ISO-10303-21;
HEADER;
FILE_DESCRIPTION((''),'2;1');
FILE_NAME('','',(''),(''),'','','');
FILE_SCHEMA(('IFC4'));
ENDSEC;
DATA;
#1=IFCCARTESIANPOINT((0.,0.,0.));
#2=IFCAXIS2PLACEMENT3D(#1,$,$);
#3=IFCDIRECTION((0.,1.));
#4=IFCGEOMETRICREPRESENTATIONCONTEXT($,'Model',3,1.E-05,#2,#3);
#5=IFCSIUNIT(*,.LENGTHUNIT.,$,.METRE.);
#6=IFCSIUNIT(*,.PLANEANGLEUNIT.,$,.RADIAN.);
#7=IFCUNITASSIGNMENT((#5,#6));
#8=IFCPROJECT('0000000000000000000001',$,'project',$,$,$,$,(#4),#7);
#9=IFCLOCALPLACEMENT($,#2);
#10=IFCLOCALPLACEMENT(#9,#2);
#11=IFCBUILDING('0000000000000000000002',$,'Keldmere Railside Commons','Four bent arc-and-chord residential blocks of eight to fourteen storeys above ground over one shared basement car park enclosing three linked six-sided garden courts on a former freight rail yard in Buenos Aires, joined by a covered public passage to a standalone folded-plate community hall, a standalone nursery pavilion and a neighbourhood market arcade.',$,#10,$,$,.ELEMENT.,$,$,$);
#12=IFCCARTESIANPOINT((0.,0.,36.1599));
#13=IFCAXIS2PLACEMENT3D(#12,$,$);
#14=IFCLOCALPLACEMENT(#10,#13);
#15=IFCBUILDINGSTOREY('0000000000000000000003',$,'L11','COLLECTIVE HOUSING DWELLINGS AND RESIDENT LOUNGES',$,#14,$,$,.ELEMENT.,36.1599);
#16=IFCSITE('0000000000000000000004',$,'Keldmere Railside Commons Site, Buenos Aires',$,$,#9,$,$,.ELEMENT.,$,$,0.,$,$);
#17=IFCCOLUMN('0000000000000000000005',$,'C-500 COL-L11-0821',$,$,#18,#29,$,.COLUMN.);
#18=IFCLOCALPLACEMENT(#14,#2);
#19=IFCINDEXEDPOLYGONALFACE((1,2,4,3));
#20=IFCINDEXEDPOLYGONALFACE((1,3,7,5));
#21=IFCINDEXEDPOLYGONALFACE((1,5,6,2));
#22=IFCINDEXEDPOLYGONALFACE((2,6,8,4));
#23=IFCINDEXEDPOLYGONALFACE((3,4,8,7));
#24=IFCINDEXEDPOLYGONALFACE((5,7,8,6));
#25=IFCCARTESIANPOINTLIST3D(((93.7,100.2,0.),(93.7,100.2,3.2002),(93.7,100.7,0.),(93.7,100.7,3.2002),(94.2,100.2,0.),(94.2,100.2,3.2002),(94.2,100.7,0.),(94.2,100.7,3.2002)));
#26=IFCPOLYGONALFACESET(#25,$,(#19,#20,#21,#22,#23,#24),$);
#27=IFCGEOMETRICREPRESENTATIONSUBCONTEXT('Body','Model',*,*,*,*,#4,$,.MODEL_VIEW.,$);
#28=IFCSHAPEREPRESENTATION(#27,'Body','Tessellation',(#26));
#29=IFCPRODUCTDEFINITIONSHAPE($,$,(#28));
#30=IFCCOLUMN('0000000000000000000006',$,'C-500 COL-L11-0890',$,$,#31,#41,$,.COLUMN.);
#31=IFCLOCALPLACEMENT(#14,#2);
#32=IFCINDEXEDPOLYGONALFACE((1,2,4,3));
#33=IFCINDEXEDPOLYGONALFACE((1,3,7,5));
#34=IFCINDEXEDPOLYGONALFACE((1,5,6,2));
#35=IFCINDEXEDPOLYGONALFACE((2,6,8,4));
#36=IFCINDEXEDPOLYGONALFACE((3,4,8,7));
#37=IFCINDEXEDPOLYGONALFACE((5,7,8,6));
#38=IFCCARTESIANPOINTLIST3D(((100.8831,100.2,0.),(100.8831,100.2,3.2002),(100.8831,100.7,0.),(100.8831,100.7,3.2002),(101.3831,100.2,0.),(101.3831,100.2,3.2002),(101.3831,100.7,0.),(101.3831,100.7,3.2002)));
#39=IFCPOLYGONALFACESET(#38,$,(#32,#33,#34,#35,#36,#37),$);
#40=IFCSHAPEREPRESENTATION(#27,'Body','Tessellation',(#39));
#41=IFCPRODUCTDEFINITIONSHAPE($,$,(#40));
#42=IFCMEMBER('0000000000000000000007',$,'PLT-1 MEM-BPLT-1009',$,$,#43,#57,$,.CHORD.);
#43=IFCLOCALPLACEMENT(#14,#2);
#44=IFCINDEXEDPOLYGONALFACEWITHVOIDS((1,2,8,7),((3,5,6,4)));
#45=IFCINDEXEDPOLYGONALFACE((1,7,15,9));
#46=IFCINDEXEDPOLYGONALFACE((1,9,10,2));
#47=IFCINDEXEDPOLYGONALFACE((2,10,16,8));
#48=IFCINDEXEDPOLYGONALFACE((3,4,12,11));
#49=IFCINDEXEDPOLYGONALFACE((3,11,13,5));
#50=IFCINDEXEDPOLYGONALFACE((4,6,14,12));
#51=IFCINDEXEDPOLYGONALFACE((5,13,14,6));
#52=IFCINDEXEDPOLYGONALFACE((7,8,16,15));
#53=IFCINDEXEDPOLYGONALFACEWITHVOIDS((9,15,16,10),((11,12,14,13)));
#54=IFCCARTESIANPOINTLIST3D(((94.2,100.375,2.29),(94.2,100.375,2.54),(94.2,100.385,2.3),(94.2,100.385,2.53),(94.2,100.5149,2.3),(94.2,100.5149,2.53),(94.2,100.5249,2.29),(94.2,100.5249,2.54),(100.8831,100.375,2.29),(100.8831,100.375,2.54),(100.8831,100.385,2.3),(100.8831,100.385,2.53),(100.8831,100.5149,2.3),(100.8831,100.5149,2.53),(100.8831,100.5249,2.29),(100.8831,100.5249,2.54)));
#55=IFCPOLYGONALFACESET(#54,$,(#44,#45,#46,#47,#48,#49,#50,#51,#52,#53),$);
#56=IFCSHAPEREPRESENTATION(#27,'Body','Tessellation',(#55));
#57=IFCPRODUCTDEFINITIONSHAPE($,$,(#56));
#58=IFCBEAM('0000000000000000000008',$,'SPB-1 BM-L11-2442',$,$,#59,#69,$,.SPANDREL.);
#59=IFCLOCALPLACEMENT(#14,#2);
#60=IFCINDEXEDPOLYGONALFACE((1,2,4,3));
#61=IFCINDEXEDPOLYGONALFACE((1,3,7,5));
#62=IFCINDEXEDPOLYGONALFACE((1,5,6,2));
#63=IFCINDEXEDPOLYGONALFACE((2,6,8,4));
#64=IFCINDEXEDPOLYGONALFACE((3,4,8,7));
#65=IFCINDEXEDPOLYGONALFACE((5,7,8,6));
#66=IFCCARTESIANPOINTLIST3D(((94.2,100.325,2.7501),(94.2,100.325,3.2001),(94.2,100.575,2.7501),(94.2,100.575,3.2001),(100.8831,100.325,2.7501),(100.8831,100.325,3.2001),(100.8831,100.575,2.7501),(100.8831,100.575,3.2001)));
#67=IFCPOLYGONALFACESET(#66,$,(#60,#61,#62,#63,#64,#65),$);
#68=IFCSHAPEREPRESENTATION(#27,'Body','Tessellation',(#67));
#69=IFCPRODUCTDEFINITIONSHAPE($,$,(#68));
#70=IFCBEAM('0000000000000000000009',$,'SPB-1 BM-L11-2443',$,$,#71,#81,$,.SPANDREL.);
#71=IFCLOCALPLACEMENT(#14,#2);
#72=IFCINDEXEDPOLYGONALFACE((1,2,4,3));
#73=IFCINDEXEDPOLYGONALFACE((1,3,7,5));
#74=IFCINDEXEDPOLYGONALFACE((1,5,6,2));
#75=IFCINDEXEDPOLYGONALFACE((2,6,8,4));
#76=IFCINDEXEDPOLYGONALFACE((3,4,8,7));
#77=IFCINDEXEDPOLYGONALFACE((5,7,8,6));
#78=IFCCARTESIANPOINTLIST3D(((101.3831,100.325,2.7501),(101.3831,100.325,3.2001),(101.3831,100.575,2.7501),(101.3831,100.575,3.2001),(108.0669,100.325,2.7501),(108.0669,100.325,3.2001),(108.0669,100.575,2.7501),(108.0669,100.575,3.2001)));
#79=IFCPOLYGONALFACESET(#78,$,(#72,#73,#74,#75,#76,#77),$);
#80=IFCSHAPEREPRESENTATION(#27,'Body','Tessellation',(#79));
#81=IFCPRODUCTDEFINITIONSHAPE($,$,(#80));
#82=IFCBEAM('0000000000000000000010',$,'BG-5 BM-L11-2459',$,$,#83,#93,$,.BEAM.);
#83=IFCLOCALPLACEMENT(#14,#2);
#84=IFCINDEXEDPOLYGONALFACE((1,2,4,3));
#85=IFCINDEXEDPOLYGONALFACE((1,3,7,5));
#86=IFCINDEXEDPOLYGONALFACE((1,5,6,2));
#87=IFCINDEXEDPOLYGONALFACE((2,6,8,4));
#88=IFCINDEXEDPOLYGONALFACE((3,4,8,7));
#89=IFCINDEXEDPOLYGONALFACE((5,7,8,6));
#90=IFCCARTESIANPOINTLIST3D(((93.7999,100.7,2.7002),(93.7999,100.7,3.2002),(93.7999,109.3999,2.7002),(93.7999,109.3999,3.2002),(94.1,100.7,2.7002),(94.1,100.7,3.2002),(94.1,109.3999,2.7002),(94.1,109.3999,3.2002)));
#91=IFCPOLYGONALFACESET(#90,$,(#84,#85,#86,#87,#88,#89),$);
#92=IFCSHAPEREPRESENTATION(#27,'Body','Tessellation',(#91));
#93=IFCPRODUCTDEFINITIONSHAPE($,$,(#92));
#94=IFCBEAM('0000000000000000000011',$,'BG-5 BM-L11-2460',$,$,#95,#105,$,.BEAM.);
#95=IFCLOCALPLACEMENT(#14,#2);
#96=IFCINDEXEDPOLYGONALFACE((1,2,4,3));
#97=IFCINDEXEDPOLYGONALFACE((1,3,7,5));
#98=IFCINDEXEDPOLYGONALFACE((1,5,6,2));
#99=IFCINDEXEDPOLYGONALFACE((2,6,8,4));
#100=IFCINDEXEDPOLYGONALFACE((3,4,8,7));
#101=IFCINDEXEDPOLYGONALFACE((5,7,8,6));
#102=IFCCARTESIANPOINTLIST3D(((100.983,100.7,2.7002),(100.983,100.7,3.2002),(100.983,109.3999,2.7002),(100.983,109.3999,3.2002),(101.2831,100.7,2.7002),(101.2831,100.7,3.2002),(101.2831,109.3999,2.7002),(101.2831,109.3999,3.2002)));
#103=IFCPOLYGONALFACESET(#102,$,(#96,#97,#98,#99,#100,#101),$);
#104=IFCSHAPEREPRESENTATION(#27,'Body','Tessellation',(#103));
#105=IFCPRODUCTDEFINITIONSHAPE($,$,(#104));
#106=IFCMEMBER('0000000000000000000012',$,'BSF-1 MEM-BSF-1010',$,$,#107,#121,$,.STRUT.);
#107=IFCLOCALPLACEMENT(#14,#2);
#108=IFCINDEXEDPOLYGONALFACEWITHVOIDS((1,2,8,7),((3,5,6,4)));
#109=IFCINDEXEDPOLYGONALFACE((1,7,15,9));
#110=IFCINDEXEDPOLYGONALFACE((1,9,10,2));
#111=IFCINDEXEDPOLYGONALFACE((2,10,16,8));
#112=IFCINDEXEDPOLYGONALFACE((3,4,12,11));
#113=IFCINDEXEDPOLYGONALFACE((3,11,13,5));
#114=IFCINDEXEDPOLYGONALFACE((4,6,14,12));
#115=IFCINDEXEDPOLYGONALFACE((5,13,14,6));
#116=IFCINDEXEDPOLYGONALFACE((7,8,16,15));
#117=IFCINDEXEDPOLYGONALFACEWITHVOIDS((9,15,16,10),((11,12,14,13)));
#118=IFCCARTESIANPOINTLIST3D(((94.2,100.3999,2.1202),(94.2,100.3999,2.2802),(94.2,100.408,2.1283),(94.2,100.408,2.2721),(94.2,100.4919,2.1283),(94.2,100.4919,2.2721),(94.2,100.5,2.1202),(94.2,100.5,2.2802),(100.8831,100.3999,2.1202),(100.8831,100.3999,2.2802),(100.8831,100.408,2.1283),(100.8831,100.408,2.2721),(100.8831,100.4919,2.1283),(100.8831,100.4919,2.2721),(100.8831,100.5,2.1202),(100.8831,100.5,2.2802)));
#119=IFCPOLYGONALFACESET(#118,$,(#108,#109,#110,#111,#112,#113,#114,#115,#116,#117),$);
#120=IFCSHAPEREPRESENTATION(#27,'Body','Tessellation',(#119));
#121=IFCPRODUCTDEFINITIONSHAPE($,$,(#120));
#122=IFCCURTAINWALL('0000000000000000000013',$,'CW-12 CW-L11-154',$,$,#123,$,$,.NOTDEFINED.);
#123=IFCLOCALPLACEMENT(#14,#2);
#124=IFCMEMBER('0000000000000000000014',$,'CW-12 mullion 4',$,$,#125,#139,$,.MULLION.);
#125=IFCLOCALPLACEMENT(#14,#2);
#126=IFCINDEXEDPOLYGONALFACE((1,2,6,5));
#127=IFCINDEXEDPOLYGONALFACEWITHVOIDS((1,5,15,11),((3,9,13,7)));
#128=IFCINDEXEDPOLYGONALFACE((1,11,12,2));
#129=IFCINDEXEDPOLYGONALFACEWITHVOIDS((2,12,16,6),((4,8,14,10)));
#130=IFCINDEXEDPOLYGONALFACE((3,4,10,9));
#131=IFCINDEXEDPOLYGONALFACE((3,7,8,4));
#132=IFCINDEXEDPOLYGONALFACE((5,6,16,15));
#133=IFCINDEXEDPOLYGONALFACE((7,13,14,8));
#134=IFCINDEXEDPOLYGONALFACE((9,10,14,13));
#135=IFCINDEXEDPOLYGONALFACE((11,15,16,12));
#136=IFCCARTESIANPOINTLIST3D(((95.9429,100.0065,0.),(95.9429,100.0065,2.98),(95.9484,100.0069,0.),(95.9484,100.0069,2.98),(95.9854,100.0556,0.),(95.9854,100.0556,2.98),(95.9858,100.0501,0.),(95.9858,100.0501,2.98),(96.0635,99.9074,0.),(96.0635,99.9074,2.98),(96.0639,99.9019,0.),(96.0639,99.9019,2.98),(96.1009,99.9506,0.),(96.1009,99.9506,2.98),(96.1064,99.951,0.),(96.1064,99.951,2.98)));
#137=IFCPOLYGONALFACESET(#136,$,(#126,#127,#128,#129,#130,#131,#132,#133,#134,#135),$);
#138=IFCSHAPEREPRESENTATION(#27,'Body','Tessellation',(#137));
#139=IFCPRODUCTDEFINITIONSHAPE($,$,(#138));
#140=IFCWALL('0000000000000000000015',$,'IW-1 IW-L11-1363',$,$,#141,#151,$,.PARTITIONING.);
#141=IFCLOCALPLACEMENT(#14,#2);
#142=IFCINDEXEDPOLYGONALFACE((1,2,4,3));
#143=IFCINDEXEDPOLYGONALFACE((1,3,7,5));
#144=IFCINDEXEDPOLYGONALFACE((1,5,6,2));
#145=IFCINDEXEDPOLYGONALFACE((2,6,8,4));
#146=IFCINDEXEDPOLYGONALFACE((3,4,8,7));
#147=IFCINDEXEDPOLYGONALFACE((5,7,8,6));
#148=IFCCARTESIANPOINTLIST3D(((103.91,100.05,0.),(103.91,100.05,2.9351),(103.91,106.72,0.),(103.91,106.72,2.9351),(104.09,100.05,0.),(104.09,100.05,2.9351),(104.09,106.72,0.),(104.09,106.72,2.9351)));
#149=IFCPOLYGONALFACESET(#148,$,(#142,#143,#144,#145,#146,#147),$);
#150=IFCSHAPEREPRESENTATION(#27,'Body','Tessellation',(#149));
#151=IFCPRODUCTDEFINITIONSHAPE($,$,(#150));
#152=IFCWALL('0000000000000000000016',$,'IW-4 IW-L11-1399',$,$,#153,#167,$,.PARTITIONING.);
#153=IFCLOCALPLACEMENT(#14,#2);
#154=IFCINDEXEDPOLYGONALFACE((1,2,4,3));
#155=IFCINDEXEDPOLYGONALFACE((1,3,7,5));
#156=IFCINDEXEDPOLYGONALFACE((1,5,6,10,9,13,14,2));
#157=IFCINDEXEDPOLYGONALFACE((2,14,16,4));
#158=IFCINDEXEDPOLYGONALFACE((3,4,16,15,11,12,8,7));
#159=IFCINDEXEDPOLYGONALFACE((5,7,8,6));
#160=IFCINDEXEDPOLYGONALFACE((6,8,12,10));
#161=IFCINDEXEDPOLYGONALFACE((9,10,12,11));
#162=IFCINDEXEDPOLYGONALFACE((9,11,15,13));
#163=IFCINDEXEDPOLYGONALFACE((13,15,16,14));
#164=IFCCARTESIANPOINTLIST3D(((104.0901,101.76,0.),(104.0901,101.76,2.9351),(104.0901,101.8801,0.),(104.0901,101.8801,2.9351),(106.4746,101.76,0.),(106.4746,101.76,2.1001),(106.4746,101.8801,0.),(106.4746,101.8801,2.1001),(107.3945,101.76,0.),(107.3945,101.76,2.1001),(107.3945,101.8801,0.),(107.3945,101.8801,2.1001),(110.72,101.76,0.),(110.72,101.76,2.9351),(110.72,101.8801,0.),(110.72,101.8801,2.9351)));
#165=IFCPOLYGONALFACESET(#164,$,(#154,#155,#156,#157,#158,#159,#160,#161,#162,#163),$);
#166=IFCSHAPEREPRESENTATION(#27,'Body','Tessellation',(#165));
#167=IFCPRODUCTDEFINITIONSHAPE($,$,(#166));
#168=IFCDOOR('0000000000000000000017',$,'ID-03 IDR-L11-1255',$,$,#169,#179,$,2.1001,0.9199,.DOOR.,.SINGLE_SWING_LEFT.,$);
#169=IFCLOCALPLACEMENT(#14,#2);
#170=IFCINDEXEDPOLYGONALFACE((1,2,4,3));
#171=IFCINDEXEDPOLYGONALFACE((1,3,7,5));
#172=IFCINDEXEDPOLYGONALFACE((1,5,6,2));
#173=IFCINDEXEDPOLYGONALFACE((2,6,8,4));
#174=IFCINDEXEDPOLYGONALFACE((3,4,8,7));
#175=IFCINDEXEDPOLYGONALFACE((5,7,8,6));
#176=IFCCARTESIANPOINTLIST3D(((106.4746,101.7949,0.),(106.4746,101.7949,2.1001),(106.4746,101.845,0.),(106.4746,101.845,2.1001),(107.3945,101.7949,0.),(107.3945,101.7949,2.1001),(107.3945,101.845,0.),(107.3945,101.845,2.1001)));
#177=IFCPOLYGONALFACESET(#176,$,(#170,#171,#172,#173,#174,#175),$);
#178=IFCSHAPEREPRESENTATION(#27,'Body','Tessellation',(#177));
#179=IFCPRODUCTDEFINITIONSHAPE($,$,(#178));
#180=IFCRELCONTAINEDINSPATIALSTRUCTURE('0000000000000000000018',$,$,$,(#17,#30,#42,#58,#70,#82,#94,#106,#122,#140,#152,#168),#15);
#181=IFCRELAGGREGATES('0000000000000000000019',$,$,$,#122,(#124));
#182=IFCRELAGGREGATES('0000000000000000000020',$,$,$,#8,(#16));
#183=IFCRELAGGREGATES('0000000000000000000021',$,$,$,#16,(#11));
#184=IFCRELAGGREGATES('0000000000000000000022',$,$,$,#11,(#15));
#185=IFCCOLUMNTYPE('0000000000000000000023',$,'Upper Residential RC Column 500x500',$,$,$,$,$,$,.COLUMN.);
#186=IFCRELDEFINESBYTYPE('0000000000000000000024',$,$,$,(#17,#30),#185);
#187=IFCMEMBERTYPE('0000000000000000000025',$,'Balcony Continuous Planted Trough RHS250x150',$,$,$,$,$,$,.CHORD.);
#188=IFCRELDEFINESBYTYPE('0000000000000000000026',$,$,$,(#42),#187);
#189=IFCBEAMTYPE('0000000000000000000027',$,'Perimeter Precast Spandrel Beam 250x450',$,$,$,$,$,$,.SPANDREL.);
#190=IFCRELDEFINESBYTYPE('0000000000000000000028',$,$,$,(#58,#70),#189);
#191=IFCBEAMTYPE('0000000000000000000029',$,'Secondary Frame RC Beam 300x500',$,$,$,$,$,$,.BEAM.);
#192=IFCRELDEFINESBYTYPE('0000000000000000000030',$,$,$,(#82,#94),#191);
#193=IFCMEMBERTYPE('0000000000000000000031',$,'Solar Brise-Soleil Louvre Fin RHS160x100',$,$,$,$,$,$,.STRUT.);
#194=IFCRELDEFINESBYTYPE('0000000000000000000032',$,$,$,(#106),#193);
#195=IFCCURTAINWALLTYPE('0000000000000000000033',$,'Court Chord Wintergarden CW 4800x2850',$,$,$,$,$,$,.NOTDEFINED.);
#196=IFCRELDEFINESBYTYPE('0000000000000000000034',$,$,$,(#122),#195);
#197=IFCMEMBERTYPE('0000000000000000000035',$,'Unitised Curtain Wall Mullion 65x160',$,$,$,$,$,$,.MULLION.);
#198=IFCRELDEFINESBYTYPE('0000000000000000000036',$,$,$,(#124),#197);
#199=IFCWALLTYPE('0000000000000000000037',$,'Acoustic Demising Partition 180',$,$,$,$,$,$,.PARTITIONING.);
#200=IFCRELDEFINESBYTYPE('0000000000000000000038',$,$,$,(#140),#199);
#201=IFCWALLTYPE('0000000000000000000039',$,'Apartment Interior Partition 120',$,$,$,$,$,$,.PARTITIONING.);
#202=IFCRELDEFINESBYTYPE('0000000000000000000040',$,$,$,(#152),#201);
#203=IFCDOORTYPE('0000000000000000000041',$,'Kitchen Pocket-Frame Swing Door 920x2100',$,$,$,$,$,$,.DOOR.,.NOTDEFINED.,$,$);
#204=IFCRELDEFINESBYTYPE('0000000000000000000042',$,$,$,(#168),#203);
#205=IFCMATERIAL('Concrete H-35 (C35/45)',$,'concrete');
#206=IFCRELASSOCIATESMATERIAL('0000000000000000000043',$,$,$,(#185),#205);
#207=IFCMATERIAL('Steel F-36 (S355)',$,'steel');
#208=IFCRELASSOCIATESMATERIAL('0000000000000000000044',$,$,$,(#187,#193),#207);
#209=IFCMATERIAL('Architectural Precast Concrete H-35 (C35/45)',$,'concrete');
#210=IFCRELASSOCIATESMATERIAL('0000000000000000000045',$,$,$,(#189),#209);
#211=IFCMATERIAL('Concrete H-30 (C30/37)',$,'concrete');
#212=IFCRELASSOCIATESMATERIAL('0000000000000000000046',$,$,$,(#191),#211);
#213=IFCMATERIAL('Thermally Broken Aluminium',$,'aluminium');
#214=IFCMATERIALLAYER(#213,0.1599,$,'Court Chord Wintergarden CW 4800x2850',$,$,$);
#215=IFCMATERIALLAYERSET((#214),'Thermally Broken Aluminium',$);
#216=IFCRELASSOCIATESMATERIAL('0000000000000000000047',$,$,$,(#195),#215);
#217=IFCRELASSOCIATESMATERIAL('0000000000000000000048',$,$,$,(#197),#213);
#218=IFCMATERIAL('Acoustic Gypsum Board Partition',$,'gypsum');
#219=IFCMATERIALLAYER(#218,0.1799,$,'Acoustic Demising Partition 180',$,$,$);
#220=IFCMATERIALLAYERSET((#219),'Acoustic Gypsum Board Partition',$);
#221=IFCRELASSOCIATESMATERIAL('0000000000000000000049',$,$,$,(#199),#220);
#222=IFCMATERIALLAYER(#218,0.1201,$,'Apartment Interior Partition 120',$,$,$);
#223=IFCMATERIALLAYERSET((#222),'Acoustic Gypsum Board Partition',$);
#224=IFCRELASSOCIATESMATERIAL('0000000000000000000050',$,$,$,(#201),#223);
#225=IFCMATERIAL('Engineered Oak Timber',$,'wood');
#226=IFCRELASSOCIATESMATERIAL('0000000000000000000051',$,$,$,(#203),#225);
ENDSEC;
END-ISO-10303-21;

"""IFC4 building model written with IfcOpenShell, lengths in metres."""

from ifc_helpers import new_model, si_unit, direction, frame, frame_2d, origin, origin_2d, place, context, subcontext, project, spatial, rectangle, hollow_rectangle, extrude, material, layer, layer_set, material_profile, profile_set, type_object, element, fill, aggregate, save


model = new_model("IFC4")

# Units and contexts
model_context = context("Model", 3, precision=1e-05, world=origin(), true_north=direction((0.0, 1.0)))
body_context = subcontext(model_context, "Body", "Model", "MODEL_VIEW")
ifc_project = project(units=[si_unit("LENGTHUNIT", "METRE"), si_unit("PLANEANGLEUNIT", "RADIAN")], contexts=[model_context])

# Site, building, storey
site_placement = place(None, origin())
site = spatial("IfcSite", under=ifc_project, at=site_placement, Name="Keldmere Railside Commons Site, Buenos Aires", CompositionType="ELEMENT", RefElevation=0.0)
building_placement = place(site_placement, origin())
building = spatial("IfcBuilding", under=site, at=building_placement, Name="Keldmere Railside Commons", Description="Four bent arc-and-chord residential blocks of eight to fourteen storeys above ground over one shared basement car park enclosing three linked six-sided garden courts on a former freight rail yard in Buenos Aires, joined by a covered public passage to a standalone folded-plate community hall, a standalone nursery pavilion and a neighbourhood market arcade.", CompositionType="ELEMENT")
storey_placement = place(building_placement, frame((0.0, 0.0, 36.1599)))
storey = spatial("IfcBuildingStorey", under=building, at=storey_placement, Name="L11", Description="COLLECTIVE HOUSING DWELLINGS AND RESIDENT LOUNGES", CompositionType="ELEMENT", Elevation=36.1599)

# Columns
ifc_material_1 = material(Name="Concrete H-35 (C35/45)", Category="concrete")
ifc_material_profile_1 = material_profile(ifc_material_1, rectangle(XDim=0.5, YDim=0.5, at=origin_2d()), Name="RC-500x500")
ifc_profile_set_1 = profile_set([ifc_material_profile_1], Name="Concrete H-35 (C35/45)")
column_type = type_object("IfcColumnType", Name="Upper Residential RC Column 500x500", PredefinedType="COLUMN", material=ifc_profile_set_1)
for number, where, z_axis, x_axis, name in (
    (1, (93.95, 100.45, 0.0), (0.0, 0.0, 1.0), (1.0, 0.0, 0.0), "C-500 COL-L11-0821"),
    (2, (101.1331, 100.45, 0.0), (0.0, 0.0, 1.0), (1.0, 0.0, 0.0), "C-500 COL-L11-0890"),
):
    element("IfcColumn", number, at=place(storey_placement, frame(where, z_axis=z_axis, x_axis=x_axis)), inside=storey, type_object=column_type, Name=name, PredefinedType="COLUMN", context=body_context, shape_type="SweptSolid", body=[
        extrude(rectangle(XDim=0.5, YDim=0.5, at=origin_2d()), origin(), (0.0, 0.0, 1.0), 3.2002),
    ])

# Member
ifc_material_2 = material(Name="Steel F-36 (S355)", Category="steel")
ifc_material_profile_2 = material_profile(ifc_material_2, hollow_rectangle(XDim=0.1499, YDim=0.25, WallThickness=0.01, at=origin_2d()), Name="RHS-250x150x10")
ifc_profile_set_2 = profile_set([ifc_material_profile_2], Name="Steel F-36 (S355)")
member_type_1 = type_object("IfcMemberType", Name="Balcony Continuous Planted Trough RHS250x150", PredefinedType="CHORD", material=ifc_profile_set_2)
member_1_placement = place(storey_placement, frame((94.2, 100.45, 2.415), z_axis=(1.0, 0.0, 0.0), x_axis=(0.0, 1.0, 0.0)))
element("IfcMember", 3, at=member_1_placement, inside=storey, type_object=member_type_1, Name="PLT-1 MEM-BPLT-1009", PredefinedType="CHORD", context=body_context, shape_type="SweptSolid", body=[
    extrude(hollow_rectangle(XDim=0.1499, YDim=0.25, WallThickness=0.01, at=origin_2d()), origin(), (0.0, 0.0, 1.0), 6.6831),
])

# Beams
ifc_material_3 = material(Name="Architectural Precast Concrete H-35 (C35/45)", Category="concrete")
ifc_material_profile_3 = material_profile(ifc_material_3, rectangle(XDim=0.25, YDim=0.45, at=origin_2d()), Name="RC-250x450")
ifc_profile_set_3 = profile_set([ifc_material_profile_3], Name="Architectural Precast Concrete H-35 (C35/45)")
beam_type_1 = type_object("IfcBeamType", Name="Perimeter Precast Spandrel Beam 250x450", PredefinedType="SPANDREL", material=ifc_profile_set_3)
beam_1_placement = place(storey_placement, frame((94.2, 100.45, 2.9751), z_axis=(1.0, 0.0, 0.0), x_axis=(0.0, 1.0, 0.0)))
element("IfcBeam", 4, at=beam_1_placement, inside=storey, type_object=beam_type_1, Name="SPB-1 BM-L11-2442", PredefinedType="SPANDREL", context=body_context, shape_type="SweptSolid", body=[
    extrude(rectangle(XDim=0.25, YDim=0.45, at=origin_2d()), origin(), (0.0, 0.0, 1.0), 6.6831),
])
beam_2_placement = place(storey_placement, frame((101.3831, 100.45, 2.9751), z_axis=(1.0, 0.0, 0.0), x_axis=(0.0, 1.0, 0.0)))
element("IfcBeam", 5, at=beam_2_placement, inside=storey, type_object=beam_type_1, Name="SPB-1 BM-L11-2443", PredefinedType="SPANDREL", context=body_context, shape_type="SweptSolid", body=[
    extrude(rectangle(XDim=0.25, YDim=0.45, at=origin_2d()), origin(), (0.0, 0.0, 1.0), 6.6838),
])
ifc_material_4 = material(Name="Concrete H-30 (C30/37)", Category="concrete")
ifc_material_profile_4 = material_profile(ifc_material_4, rectangle(XDim=0.3, YDim=0.5, at=origin_2d()), Name="RC-300x500")
ifc_profile_set_4 = profile_set([ifc_material_profile_4], Name="Concrete H-30 (C30/37)")
beam_type_2 = type_object("IfcBeamType", Name="Secondary Frame RC Beam 300x500", PredefinedType="BEAM", material=ifc_profile_set_4)
for number, where, z_axis, x_axis, name in (
    (6, (93.95, 100.7, 2.9502), (0.0, 1.0, 0.0), (-1.0, 0.0, 0.0), "BG-5 BM-L11-2459"),
    (7, (101.1331, 100.7, 2.9502), (0.0, 1.0, 0.0), (-1.0, 0.0, 0.0), "BG-5 BM-L11-2460"),
):
    element("IfcBeam", number, at=place(storey_placement, frame(where, z_axis=z_axis, x_axis=x_axis)), inside=storey, type_object=beam_type_2, Name=name, PredefinedType="BEAM", context=body_context, shape_type="SweptSolid", body=[
        extrude(rectangle(XDim=0.3, YDim=0.5, at=origin_2d()), origin(), (0.0, 0.0, 1.0), 8.7),
    ])

# Member
ifc_material_profile_5 = material_profile(ifc_material_2, hollow_rectangle(XDim=0.1001, YDim=0.1599, WallThickness=0.0081, at=origin_2d()), Name="RHS-160x100x8")
ifc_profile_set_5 = profile_set([ifc_material_profile_5], Name="Steel F-36 (S355)")
member_type_2 = type_object("IfcMemberType", Name="Solar Brise-Soleil Louvre Fin RHS160x100", PredefinedType="STRUT", material=ifc_profile_set_5)
member_2_placement = place(storey_placement, frame((94.2, 100.45, 2.2002), z_axis=(1.0, 0.0, 0.0), x_axis=(0.0, 1.0, 0.0)))
element("IfcMember", 8, at=member_2_placement, inside=storey, type_object=member_type_2, Name="BSF-1 MEM-BSF-1010", PredefinedType="STRUT", context=body_context, shape_type="SweptSolid", body=[
    extrude(hollow_rectangle(XDim=0.1001, YDim=0.1599, WallThickness=0.0081, at=origin_2d()), origin(), (0.0, 0.0, 1.0), 6.6831),
])

# Curtain wall, member
ifc_material_5 = material(Name="Thermally Broken Aluminium", Category="aluminium")
ifc_layer_1 = layer(ifc_material_5, 0.1599, Name="Court Chord Wintergarden CW 4800x2850")
ifc_layer_set_1 = layer_set([ifc_layer_1], Name="Thermally Broken Aluminium")
curtain_wall_type = type_object("IfcCurtainWallType", Name="Court Chord Wintergarden CW 4800x2850", PredefinedType="NOTDEFINED", material=ifc_layer_set_1)
curtain_wall_placement = place(storey_placement, origin())
curtain_wall = element("IfcCurtainWall", 9, at=curtain_wall_placement, inside=storey, type_object=curtain_wall_type, Name="CW-12 CW-L11-154", PredefinedType="NOTDEFINED")
ifc_material_profile_6 = material_profile(ifc_material_5, hollow_rectangle(XDim=0.0649, YDim=0.1599, WallThickness=0.0039, at=origin_2d()), Name="ALU-MULL-65x160")
ifc_profile_set_6 = profile_set([ifc_material_profile_6], Name="Thermally Broken Aluminium")
member_type_3 = type_object("IfcMemberType", Name="Unitised Curtain Wall Mullion 65x160", PredefinedType="MULLION", material=ifc_profile_set_6)
member_3_placement = place(storey_placement, frame((96.0247, 99.9788, 0.0), z_axis=(0.0, 0.0, 1.0), x_axis=(-0.653882, -0.756597, 0.0)))
member_3 = element("IfcMember", 10, at=member_3_placement, type_object=member_type_3, Name="CW-12 mullion 4", PredefinedType="MULLION", context=body_context, shape_type="SweptSolid", body=[
    extrude(hollow_rectangle(XDim=0.0649, YDim=0.1599, WallThickness=0.0039, at=origin_2d()), origin(), (0.0, 0.0, 1.0), 2.98),
])
aggregate(curtain_wall, [member_3])

# Wall
ifc_material_6 = material(Name="Acoustic Gypsum Board Partition", Category="gypsum")
ifc_layer_2 = layer(ifc_material_6, 0.1799, Name="Acoustic Demising Partition 180")
ifc_layer_set_2 = layer_set([ifc_layer_2], Name="Acoustic Gypsum Board Partition")
wall_type_1 = type_object("IfcWallType", Name="Acoustic Demising Partition 180", PredefinedType="PARTITIONING", material=ifc_layer_set_2)
wall_1_placement = place(storey_placement, frame((104.0, 100.05, 0.0), z_axis=(0.0, 0.0, 1.0), x_axis=(0.0, 1.0, 0.0)))
element("IfcWall", 11, at=wall_1_placement, inside=storey, type_object=wall_type_1, Name="IW-1 IW-L11-1363", PredefinedType="PARTITIONING", context=body_context, shape_type="SweptSolid", body=[
    extrude(rectangle(XDim=6.6699, YDim=0.1799, at=frame_2d((3.335, 0.0))), origin(), (0.0, 0.0, 1.0), 2.9351),
])

# Wall, opening, door
ifc_layer_3 = layer(ifc_material_6, 0.1201, Name="Apartment Interior Partition 120")
ifc_layer_set_3 = layer_set([ifc_layer_3], Name="Acoustic Gypsum Board Partition")
wall_type_2 = type_object("IfcWallType", Name="Apartment Interior Partition 120", PredefinedType="PARTITIONING", material=ifc_layer_set_3)
wall_2_placement = place(storey_placement, frame((104.0901, 101.8201, 0.0), z_axis=(0.0, 0.0, 1.0), x_axis=(1.0, 0.0, 0.0)))
wall_2 = element("IfcWall", 12, at=wall_2_placement, inside=storey, type_object=wall_type_2, Name="IW-4 IW-L11-1399", PredefinedType="PARTITIONING", context=body_context, shape_type="SweptSolid", body=[
    extrude(rectangle(XDim=6.6299, YDim=0.1201, at=frame_2d((3.3149, 0.0))), origin(), (0.0, 0.0, 1.0), 2.9351),
])
opening_1_placement = place(wall_2_placement, frame((2.3845, 0.0, 0.0)))
opening_1 = element("IfcOpeningElement", 13, at=opening_1_placement, cuts=wall_2, PredefinedType="OPENING", context=body_context, shape_type="SweptSolid", body=[
    extrude(rectangle(XDim=0.9199, YDim=2.1001, at=frame_2d((0.46, 1.05))), frame((0.0, 0.0701, 0.0), z_axis=(0.0, -1.0, 0.0), x_axis=(1.0, 0.0, 0.0)), (0.0, 0.0, 1.0), 0.1401),
])
ifc_material_7 = material(Name="Engineered Oak Timber", Category="wood")
door_type_1 = type_object("IfcDoorType", Name="Kitchen Pocket-Frame Swing Door 920x2100", OperationType="NOTDEFINED", PredefinedType="DOOR", material=ifc_material_7)
door_1_placement = place(opening_1_placement, origin())
door_1 = element("IfcDoor", 14, at=door_1_placement, inside=storey, type_object=door_type_1, Name="ID-03 IDR-L11-1255", OperationType="SINGLE_SWING_LEFT", OverallHeight=2.1001, OverallWidth=0.9199, PredefinedType="DOOR", context=body_context, shape_type="SweptSolid", body=[
    extrude(rectangle(XDim=0.9199, YDim=2.1001, at=frame_2d((0.46, 1.05))), frame((0.0, 0.0249, 0.0), z_axis=(0.0, -1.0, 0.0), x_axis=(1.0, 0.0, 0.0)), (0.0, 0.0, 1.0), 0.05),
])
fill(opening_1, door_1)

save(model, "model.ifc")
